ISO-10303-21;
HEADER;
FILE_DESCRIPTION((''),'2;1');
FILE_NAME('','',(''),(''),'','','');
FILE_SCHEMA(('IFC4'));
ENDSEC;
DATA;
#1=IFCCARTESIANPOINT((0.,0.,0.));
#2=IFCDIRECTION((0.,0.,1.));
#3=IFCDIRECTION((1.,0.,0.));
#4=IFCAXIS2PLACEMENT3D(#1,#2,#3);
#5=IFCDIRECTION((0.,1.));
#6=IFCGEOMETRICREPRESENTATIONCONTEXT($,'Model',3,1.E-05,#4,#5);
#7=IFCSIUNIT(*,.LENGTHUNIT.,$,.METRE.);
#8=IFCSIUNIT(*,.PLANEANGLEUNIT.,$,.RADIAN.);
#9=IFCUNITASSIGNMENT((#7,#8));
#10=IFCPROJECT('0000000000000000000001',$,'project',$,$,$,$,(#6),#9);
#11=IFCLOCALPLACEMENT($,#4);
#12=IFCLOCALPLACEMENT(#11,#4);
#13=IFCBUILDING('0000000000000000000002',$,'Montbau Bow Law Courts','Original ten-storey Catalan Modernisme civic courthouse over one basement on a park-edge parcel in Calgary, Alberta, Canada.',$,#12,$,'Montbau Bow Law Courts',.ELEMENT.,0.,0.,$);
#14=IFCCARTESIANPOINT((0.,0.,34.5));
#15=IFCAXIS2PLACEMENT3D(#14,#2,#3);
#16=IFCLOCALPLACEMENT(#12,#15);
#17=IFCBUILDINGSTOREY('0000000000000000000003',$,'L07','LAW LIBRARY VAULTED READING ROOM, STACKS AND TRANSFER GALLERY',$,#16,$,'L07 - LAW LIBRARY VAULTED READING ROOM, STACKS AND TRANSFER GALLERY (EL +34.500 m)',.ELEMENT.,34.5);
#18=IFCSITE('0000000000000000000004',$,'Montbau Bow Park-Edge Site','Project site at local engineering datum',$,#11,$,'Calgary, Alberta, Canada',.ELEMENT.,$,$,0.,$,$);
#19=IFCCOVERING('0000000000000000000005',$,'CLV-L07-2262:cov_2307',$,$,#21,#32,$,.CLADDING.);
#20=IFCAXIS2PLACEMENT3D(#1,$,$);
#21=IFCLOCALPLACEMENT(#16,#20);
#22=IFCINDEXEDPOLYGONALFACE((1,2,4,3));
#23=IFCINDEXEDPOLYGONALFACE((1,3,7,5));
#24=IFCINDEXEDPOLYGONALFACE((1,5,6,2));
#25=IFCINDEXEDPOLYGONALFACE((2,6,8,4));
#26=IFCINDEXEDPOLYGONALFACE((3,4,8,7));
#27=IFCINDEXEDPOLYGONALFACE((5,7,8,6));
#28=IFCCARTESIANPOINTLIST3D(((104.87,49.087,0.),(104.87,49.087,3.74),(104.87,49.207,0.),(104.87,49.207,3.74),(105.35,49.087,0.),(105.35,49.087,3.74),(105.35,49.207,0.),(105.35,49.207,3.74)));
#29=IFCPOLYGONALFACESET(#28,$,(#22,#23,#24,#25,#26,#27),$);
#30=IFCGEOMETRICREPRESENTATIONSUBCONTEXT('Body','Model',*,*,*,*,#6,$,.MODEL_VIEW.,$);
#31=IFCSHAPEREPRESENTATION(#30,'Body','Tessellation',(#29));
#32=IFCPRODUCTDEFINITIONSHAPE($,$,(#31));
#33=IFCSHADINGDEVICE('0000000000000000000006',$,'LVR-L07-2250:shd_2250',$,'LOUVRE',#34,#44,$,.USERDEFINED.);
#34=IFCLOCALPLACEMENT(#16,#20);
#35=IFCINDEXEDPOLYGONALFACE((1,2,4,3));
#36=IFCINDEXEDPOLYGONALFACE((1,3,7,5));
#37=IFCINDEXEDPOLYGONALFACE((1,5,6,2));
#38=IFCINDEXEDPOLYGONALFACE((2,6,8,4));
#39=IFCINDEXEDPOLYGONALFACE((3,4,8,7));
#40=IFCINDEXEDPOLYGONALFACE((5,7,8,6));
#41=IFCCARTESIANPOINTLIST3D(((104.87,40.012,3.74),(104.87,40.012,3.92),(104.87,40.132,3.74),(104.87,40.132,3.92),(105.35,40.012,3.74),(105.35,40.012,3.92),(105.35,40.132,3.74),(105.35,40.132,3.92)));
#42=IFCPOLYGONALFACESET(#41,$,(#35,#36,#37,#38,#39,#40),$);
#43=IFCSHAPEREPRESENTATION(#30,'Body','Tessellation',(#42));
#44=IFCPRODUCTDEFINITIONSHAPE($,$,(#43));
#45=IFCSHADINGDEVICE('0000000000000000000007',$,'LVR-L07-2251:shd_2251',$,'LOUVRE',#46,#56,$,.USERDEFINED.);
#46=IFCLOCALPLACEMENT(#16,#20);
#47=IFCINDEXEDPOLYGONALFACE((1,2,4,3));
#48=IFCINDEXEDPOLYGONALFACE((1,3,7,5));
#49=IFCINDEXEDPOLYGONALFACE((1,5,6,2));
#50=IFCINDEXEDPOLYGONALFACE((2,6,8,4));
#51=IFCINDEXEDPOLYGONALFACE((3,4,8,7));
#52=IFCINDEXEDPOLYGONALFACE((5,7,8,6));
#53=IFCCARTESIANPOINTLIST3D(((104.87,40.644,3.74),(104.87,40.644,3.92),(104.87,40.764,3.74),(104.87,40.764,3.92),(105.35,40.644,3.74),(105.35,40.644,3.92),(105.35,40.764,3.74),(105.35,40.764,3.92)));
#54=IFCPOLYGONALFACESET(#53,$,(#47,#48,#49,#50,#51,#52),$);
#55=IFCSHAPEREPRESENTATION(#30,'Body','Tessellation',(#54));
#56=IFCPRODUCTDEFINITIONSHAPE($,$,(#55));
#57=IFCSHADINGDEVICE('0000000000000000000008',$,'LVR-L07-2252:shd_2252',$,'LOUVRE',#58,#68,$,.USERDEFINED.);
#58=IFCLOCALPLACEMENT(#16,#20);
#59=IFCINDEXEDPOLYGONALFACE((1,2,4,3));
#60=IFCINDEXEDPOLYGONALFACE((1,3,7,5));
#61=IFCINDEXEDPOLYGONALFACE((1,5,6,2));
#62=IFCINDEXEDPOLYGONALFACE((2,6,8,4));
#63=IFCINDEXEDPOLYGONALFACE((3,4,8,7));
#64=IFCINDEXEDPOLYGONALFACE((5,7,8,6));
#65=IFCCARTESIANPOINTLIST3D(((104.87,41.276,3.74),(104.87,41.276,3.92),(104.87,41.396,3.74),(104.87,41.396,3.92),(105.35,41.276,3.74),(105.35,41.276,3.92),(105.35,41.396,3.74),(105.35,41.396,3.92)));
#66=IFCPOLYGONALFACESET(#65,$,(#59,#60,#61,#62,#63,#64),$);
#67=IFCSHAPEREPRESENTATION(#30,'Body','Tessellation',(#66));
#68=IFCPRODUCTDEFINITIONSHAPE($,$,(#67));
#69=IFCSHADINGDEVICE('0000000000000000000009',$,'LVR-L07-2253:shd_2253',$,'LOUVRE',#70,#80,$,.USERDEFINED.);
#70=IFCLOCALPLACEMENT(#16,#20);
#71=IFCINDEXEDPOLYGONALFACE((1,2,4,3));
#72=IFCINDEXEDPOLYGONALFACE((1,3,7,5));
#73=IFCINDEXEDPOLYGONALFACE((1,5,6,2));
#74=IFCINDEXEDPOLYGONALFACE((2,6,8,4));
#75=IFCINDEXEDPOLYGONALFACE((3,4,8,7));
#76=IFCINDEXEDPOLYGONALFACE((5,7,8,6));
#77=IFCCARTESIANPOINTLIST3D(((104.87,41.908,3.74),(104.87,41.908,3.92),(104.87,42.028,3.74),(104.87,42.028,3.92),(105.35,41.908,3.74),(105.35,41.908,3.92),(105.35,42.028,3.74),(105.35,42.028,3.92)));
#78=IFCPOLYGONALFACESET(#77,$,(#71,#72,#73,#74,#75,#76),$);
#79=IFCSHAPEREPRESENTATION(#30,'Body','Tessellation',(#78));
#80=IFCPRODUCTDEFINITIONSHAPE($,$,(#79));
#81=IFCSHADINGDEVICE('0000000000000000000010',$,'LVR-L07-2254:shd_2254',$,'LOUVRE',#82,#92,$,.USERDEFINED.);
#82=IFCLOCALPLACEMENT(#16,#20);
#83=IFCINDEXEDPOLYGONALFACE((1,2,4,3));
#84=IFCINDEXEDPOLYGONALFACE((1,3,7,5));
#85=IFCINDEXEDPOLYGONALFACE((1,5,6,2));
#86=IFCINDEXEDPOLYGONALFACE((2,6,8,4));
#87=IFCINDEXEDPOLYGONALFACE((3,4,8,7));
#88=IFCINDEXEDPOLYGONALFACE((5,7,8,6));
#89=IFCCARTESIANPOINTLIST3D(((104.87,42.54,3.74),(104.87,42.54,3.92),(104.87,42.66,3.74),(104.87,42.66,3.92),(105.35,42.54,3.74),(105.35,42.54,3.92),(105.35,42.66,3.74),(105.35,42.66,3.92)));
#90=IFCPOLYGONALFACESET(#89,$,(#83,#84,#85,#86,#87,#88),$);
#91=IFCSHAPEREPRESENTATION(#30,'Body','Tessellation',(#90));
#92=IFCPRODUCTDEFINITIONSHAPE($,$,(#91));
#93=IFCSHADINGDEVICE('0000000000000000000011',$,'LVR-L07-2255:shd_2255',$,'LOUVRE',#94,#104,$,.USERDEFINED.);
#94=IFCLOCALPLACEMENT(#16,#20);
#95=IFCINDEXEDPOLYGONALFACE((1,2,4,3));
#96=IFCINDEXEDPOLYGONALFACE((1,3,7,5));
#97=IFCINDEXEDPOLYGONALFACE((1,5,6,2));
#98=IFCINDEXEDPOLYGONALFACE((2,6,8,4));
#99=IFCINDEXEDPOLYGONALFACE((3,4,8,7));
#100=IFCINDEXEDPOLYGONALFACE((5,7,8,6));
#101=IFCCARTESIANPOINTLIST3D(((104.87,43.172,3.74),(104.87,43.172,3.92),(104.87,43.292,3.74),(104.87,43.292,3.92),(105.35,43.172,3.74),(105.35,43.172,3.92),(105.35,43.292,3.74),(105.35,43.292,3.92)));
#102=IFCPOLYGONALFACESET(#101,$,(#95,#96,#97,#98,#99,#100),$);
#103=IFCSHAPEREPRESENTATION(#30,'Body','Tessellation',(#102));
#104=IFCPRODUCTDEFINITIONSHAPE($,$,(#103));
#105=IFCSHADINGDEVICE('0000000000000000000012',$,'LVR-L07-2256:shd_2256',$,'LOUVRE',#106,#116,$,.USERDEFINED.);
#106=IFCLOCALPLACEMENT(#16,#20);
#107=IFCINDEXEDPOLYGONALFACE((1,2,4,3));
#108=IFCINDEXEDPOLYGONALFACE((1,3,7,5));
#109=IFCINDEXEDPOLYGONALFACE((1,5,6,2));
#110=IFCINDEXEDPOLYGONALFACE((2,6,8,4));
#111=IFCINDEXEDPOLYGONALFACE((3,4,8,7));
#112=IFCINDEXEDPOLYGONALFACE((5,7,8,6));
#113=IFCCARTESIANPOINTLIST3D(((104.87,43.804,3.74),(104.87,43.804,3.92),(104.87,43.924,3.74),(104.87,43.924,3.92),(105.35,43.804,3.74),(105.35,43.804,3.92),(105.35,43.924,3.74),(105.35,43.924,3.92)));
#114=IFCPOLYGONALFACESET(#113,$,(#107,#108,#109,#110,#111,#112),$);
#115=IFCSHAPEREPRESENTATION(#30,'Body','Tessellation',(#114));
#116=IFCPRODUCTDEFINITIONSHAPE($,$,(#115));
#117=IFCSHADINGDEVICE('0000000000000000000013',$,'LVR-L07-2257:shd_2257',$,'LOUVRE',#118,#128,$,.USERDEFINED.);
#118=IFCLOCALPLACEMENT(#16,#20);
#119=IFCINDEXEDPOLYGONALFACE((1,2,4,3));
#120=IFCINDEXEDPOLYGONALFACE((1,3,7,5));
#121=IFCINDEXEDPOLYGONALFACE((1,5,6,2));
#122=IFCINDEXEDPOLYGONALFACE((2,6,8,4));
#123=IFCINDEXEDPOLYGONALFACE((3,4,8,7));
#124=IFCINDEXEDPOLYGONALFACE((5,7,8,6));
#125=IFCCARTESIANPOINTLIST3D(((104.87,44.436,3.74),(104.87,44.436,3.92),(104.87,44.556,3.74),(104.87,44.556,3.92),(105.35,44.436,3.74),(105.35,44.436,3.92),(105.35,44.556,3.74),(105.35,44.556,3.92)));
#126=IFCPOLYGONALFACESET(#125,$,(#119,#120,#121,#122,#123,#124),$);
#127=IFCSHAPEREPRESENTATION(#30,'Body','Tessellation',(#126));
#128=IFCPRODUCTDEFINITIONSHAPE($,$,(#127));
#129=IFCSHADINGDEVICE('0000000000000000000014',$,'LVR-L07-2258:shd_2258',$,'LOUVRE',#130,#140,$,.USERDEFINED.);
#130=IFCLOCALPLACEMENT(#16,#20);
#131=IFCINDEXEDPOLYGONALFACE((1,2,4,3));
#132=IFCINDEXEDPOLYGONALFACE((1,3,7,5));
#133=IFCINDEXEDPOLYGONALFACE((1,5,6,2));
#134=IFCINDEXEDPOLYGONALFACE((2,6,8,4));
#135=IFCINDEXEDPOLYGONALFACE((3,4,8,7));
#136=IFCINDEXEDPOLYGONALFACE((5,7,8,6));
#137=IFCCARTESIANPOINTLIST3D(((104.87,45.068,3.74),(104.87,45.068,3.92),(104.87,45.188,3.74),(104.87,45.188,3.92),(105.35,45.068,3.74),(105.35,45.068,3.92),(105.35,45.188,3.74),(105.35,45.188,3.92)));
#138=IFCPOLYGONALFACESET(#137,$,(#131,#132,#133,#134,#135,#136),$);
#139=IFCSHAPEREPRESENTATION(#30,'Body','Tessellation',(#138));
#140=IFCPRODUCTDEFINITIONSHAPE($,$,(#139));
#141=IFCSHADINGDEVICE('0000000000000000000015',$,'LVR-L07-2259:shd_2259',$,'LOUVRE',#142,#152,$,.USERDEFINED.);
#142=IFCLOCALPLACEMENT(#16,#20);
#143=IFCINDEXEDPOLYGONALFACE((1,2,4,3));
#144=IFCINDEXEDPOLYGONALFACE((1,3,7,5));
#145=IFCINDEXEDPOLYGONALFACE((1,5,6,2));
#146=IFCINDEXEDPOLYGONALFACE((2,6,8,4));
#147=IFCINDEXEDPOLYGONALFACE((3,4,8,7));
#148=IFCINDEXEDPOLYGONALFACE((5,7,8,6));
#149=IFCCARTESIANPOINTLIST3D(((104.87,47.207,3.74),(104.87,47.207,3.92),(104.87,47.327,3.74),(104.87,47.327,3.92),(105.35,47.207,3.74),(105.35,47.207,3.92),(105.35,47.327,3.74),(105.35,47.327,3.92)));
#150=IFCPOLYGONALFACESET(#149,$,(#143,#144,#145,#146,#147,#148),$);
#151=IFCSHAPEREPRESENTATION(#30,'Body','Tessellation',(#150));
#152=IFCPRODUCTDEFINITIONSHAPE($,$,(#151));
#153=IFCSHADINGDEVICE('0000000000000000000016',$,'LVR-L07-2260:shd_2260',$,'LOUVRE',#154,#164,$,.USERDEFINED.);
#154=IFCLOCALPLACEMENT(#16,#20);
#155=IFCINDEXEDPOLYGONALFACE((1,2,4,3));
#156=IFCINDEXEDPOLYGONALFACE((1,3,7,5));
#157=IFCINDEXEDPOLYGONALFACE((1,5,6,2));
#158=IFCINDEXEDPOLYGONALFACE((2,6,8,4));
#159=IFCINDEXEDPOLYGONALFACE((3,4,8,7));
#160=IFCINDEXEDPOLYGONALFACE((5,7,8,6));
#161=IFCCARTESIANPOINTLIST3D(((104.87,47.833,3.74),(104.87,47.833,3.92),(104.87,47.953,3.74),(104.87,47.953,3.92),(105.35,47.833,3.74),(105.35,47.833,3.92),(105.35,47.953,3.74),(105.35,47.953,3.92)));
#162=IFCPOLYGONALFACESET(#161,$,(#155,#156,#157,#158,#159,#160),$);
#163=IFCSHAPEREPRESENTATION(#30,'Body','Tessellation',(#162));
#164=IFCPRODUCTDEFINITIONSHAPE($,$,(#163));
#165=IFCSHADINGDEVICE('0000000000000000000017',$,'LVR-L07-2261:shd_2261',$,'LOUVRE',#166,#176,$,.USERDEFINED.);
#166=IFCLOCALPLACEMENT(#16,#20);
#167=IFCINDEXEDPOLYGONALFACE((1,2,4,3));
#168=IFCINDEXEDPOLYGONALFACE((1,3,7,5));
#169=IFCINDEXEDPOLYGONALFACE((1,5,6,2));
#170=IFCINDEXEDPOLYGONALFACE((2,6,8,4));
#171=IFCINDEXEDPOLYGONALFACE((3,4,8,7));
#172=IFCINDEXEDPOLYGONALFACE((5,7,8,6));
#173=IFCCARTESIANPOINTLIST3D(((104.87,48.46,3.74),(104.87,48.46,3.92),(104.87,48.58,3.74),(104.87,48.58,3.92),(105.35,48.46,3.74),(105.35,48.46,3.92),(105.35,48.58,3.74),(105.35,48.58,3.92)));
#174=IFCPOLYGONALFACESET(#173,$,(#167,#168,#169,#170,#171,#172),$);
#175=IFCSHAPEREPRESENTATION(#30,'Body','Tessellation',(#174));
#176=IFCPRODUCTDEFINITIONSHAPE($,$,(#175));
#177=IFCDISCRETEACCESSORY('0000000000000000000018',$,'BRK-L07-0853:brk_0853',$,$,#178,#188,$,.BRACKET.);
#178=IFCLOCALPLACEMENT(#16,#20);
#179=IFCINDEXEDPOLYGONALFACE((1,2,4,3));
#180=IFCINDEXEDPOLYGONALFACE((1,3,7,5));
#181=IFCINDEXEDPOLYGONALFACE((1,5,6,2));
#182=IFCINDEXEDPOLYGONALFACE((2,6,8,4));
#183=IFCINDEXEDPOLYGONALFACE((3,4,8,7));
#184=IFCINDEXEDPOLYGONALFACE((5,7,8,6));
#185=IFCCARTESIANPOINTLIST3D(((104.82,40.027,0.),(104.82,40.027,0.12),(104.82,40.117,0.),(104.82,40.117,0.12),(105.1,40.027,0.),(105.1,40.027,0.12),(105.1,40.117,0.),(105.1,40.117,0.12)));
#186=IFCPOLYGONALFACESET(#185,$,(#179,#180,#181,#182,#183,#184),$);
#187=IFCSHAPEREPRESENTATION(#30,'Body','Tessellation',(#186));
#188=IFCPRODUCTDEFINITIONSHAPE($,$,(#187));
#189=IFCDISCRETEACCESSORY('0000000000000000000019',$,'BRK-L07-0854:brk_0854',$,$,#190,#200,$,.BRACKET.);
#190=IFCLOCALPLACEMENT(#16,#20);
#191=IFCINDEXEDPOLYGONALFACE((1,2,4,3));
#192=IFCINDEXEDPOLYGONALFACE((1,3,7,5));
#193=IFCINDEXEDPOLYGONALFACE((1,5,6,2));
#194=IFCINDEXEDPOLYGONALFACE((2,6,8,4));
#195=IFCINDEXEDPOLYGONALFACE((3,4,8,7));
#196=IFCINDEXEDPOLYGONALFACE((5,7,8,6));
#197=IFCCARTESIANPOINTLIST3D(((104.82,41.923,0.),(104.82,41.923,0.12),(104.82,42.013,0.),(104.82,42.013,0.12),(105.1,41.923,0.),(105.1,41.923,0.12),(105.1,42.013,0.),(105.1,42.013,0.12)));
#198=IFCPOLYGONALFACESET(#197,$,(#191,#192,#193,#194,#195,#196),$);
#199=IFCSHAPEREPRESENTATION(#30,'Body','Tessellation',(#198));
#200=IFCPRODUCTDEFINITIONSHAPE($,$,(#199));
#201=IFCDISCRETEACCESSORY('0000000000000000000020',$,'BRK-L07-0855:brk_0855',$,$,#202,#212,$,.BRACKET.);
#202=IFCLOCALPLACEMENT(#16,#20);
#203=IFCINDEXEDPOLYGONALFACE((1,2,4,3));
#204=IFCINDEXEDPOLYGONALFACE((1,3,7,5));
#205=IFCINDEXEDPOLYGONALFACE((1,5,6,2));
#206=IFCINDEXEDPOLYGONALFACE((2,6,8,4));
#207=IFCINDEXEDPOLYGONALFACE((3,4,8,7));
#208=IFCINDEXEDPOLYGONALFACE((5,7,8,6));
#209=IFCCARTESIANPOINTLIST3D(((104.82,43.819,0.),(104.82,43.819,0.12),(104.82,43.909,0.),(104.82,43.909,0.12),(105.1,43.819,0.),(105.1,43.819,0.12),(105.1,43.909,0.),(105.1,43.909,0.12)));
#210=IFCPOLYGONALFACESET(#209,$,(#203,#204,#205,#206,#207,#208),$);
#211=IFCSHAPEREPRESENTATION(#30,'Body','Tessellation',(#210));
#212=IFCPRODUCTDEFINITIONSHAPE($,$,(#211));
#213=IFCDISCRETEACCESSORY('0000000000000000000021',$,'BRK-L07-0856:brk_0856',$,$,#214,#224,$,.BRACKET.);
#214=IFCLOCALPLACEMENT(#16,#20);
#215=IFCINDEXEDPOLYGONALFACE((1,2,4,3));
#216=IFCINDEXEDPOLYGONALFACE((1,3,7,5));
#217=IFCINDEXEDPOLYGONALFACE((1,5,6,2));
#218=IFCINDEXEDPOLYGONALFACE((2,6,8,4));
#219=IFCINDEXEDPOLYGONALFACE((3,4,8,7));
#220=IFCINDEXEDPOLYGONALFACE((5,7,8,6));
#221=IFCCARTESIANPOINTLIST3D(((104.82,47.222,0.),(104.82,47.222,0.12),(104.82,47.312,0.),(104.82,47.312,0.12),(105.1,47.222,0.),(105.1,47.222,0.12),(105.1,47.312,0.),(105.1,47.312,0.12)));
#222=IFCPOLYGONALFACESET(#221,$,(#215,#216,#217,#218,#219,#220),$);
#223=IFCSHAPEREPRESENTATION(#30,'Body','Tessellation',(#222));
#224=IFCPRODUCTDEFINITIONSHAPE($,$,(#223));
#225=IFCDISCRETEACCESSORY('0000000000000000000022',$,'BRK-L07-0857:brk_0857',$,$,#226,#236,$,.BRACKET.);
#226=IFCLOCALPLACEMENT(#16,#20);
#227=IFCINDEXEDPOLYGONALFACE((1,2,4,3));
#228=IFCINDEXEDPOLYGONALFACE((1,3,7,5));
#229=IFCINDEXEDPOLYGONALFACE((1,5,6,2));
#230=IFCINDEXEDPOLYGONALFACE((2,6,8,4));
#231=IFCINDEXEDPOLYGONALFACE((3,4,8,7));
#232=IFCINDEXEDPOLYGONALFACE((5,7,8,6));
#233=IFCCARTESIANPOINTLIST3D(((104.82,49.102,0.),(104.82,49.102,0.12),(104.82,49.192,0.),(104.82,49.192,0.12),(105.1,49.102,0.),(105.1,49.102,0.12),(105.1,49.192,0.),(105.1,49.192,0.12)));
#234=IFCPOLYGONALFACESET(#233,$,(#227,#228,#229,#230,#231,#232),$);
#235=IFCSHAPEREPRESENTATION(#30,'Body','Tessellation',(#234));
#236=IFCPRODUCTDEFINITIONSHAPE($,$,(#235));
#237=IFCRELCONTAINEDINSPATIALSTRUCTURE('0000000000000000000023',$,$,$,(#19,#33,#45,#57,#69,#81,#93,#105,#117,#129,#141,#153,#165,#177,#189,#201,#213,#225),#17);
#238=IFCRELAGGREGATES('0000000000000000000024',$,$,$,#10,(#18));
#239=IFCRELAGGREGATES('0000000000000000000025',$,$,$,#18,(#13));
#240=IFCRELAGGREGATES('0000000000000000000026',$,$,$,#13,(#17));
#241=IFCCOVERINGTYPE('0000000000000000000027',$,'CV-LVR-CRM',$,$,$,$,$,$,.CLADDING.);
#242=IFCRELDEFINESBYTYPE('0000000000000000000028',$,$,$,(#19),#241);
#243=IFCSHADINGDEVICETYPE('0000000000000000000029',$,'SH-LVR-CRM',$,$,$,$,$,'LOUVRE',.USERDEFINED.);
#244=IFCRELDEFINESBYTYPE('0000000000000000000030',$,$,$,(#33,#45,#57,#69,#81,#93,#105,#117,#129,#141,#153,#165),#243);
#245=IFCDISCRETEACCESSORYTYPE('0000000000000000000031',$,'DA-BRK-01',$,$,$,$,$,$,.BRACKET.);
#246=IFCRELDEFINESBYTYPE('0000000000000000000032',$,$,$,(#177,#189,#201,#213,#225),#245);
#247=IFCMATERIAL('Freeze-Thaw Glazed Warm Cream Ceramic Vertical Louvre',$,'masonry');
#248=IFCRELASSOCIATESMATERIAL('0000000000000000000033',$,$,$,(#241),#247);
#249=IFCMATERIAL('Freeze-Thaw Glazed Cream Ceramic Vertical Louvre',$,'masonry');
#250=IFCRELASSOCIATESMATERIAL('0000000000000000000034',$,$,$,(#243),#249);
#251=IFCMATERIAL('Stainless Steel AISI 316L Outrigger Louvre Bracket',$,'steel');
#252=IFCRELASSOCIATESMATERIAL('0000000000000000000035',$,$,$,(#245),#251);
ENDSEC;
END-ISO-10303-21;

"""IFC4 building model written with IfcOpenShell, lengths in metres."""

from ifc_helpers import new_model, si_unit, direction, frame, frame_2d, origin_with_axes, origin_2d_with_axis, place, context, subcontext, project, spatial, rectangle, extrude, material, type_object, element, save


model = new_model("IFC4")

# Units and contexts
model_context = context("Model", 3, precision=1e-05, world=origin_with_axes(), true_north=direction((0.0, 1.0)))
body_context = subcontext(model_context, "Body", "Model", "MODEL_VIEW")
ifc_project = project(units=[si_unit("LENGTHUNIT", "METRE"), si_unit("PLANEANGLEUNIT", "RADIAN")], contexts=[model_context])

# Site, building, storey
site_placement = place(None, origin_with_axes())
site = spatial("IfcSite", under=ifc_project, at=site_placement, Name="Montbau Bow Park-Edge Site", Description="Project site at local engineering datum", LongName="Calgary, Alberta, Canada", CompositionType="ELEMENT", RefElevation=0.0)
building_placement = place(site_placement, origin_with_axes())
building = spatial("IfcBuilding", under=site, at=building_placement, Name="Montbau Bow Law Courts", Description="Original ten-storey Catalan Modernisme civic courthouse over one basement on a park-edge parcel in Calgary, Alberta, Canada.", LongName="Montbau Bow Law Courts", CompositionType="ELEMENT", ElevationOfRefHeight=0.0, ElevationOfTerrain=0.0)
storey_placement = place(building_placement, frame((0.0, 0.0, 34.5), z_axis=(0.0, 0.0, 1.0), x_axis=(1.0, 0.0, 0.0)))
storey = spatial("IfcBuildingStorey", under=building, at=storey_placement, Name="L07", Description="LAW LIBRARY VAULTED READING ROOM, STACKS AND TRANSFER GALLERY", LongName="L07 - LAW LIBRARY VAULTED READING ROOM, STACKS AND TRANSFER GALLERY (EL +34.500 m)", CompositionType="ELEMENT", Elevation=34.5)

# Covering
ifc_material_1 = material(Name="Freeze-Thaw Glazed Warm Cream Ceramic Vertical Louvre", Category="masonry")
covering_type = type_object("IfcCoveringType", Name="CV-LVR-CRM", PredefinedType="CLADDING", material=ifc_material_1)
for number, where, z_axis, x_axis, name in (
    (1, (104.87, 49.147, 34.5), (0.0, -1.0, 0.0), (1.0, 0.0, 0.0), "CLV-L07-2262:cov_2307"),
):
    element("IfcCovering", number, at=place(None, frame(where, z_axis=z_axis, x_axis=x_axis)), inside=storey, type_object=covering_type, Name=name, PredefinedType="CLADDING", context=body_context, shape_type="SweptSolid", body=[
        extrude(rectangle(XDim=0.48, YDim=3.74, at=frame_2d((0.24, 1.87), x_axis=(1.0, 0.0))), frame((0.0, 0.0, -0.06), z_axis=(0.0, 0.0, 1.0), x_axis=(1.0, 0.0, 0.0)), (0.0, 0.0, 1.0), 0.12),
    ])

# Shading devices
ifc_material_2 = material(Name="Freeze-Thaw Glazed Cream Ceramic Vertical Louvre", Category="masonry")
shading_device_type = type_object("IfcShadingDeviceType", Name="SH-LVR-CRM", ElementType="LOUVRE", PredefinedType="USERDEFINED", material=ifc_material_2)
for number, where, z_axis, x_axis, name in (
    (2, (105.11, 40.072, 38.24), (0.0, 0.0, 1.0), (1.0, 0.0, 0.0), "LVR-L07-2250:shd_2250"),
    (3, (105.11, 40.704, 38.24), (0.0, 0.0, 1.0), (1.0, 0.0, 0.0), "LVR-L07-2251:shd_2251"),
    (4, (105.11, 41.336, 38.24), (0.0, 0.0, 1.0), (1.0, 0.0, 0.0), "LVR-L07-2252:shd_2252"),
    (5, (105.11, 41.968, 38.24), (0.0, 0.0, 1.0), (1.0, 0.0, 0.0), "LVR-L07-2253:shd_2253"),
    (6, (105.11, 42.6, 38.24), (0.0, 0.0, 1.0), (1.0, 0.0, 0.0), "LVR-L07-2254:shd_2254"),
    (7, (105.11, 43.232, 38.24), (0.0, 0.0, 1.0), (1.0, 0.0, 0.0), "LVR-L07-2255:shd_2255"),
    (8, (105.11, 43.864, 38.24), (0.0, 0.0, 1.0), (1.0, 0.0, 0.0), "LVR-L07-2256:shd_2256"),
    (9, (105.11, 44.496, 38.24), (0.0, 0.0, 1.0), (1.0, 0.0, 0.0), "LVR-L07-2257:shd_2257"),
    (10, (105.11, 45.128, 38.24), (0.0, 0.0, 1.0), (1.0, 0.0, 0.0), "LVR-L07-2258:shd_2258"),
    (11, (105.11, 47.267, 38.24), (0.0, 0.0, 1.0), (1.0, 0.0, 0.0), "LVR-L07-2259:shd_2259"),
    (12, (105.11, 47.893, 38.24), (0.0, 0.0, 1.0), (1.0, 0.0, 0.0), "LVR-L07-2260:shd_2260"),
    (13, (105.11, 48.52, 38.24), (0.0, 0.0, 1.0), (1.0, 0.0, 0.0), "LVR-L07-2261:shd_2261"),
):
    element("IfcShadingDevice", number, at=place(None, frame(where, z_axis=z_axis, x_axis=x_axis)), inside=storey, type_object=shading_device_type, Name=name, ObjectType="LOUVRE", PredefinedType="USERDEFINED", context=body_context, shape_type="SweptSolid", body=[
        extrude(rectangle(XDim=0.48, YDim=0.12, at=origin_2d_with_axis()), origin_with_axes(), (0.0, 0.0, 1.0), 0.18),
    ])

# Discrete accessories
ifc_material_3 = material(Name="Stainless Steel AISI 316L Outrigger Louvre Bracket", Category="steel")
discrete_accessory_type = type_object("IfcDiscreteAccessoryType", Name="DA-BRK-01", PredefinedType="BRACKET", material=ifc_material_3)
for number, where, z_axis, x_axis, name in (
    (14, (104.96, 40.072, 34.5), (0.0, 0.0, 1.0), (1.0, 0.0, 0.0), "BRK-L07-0853:brk_0853"),
    (15, (104.96, 41.968, 34.5), (0.0, 0.0, 1.0), (1.0, 0.0, 0.0), "BRK-L07-0854:brk_0854"),
    (16, (104.96, 43.864, 34.5), (0.0, 0.0, 1.0), (1.0, 0.0, 0.0), "BRK-L07-0855:brk_0855"),
    (17, (104.96, 47.267, 34.5), (0.0, 0.0, 1.0), (1.0, 0.0, 0.0), "BRK-L07-0856:brk_0856"),
    (18, (104.96, 49.147, 34.5), (0.0, 0.0, 1.0), (1.0, 0.0, 0.0), "BRK-L07-0857:brk_0857"),
):
    element("IfcDiscreteAccessory", number, at=place(None, frame(where, z_axis=z_axis, x_axis=x_axis)), inside=storey, type_object=discrete_accessory_type, Name=name, PredefinedType="BRACKET", context=body_context, shape_type="SweptSolid", body=[
        extrude(rectangle(XDim=0.28, YDim=0.09, at=origin_2d_with_axis()), origin_with_axes(), (0.0, 0.0, 1.0), 0.12),
    ])

save(model, "model.ifc")
